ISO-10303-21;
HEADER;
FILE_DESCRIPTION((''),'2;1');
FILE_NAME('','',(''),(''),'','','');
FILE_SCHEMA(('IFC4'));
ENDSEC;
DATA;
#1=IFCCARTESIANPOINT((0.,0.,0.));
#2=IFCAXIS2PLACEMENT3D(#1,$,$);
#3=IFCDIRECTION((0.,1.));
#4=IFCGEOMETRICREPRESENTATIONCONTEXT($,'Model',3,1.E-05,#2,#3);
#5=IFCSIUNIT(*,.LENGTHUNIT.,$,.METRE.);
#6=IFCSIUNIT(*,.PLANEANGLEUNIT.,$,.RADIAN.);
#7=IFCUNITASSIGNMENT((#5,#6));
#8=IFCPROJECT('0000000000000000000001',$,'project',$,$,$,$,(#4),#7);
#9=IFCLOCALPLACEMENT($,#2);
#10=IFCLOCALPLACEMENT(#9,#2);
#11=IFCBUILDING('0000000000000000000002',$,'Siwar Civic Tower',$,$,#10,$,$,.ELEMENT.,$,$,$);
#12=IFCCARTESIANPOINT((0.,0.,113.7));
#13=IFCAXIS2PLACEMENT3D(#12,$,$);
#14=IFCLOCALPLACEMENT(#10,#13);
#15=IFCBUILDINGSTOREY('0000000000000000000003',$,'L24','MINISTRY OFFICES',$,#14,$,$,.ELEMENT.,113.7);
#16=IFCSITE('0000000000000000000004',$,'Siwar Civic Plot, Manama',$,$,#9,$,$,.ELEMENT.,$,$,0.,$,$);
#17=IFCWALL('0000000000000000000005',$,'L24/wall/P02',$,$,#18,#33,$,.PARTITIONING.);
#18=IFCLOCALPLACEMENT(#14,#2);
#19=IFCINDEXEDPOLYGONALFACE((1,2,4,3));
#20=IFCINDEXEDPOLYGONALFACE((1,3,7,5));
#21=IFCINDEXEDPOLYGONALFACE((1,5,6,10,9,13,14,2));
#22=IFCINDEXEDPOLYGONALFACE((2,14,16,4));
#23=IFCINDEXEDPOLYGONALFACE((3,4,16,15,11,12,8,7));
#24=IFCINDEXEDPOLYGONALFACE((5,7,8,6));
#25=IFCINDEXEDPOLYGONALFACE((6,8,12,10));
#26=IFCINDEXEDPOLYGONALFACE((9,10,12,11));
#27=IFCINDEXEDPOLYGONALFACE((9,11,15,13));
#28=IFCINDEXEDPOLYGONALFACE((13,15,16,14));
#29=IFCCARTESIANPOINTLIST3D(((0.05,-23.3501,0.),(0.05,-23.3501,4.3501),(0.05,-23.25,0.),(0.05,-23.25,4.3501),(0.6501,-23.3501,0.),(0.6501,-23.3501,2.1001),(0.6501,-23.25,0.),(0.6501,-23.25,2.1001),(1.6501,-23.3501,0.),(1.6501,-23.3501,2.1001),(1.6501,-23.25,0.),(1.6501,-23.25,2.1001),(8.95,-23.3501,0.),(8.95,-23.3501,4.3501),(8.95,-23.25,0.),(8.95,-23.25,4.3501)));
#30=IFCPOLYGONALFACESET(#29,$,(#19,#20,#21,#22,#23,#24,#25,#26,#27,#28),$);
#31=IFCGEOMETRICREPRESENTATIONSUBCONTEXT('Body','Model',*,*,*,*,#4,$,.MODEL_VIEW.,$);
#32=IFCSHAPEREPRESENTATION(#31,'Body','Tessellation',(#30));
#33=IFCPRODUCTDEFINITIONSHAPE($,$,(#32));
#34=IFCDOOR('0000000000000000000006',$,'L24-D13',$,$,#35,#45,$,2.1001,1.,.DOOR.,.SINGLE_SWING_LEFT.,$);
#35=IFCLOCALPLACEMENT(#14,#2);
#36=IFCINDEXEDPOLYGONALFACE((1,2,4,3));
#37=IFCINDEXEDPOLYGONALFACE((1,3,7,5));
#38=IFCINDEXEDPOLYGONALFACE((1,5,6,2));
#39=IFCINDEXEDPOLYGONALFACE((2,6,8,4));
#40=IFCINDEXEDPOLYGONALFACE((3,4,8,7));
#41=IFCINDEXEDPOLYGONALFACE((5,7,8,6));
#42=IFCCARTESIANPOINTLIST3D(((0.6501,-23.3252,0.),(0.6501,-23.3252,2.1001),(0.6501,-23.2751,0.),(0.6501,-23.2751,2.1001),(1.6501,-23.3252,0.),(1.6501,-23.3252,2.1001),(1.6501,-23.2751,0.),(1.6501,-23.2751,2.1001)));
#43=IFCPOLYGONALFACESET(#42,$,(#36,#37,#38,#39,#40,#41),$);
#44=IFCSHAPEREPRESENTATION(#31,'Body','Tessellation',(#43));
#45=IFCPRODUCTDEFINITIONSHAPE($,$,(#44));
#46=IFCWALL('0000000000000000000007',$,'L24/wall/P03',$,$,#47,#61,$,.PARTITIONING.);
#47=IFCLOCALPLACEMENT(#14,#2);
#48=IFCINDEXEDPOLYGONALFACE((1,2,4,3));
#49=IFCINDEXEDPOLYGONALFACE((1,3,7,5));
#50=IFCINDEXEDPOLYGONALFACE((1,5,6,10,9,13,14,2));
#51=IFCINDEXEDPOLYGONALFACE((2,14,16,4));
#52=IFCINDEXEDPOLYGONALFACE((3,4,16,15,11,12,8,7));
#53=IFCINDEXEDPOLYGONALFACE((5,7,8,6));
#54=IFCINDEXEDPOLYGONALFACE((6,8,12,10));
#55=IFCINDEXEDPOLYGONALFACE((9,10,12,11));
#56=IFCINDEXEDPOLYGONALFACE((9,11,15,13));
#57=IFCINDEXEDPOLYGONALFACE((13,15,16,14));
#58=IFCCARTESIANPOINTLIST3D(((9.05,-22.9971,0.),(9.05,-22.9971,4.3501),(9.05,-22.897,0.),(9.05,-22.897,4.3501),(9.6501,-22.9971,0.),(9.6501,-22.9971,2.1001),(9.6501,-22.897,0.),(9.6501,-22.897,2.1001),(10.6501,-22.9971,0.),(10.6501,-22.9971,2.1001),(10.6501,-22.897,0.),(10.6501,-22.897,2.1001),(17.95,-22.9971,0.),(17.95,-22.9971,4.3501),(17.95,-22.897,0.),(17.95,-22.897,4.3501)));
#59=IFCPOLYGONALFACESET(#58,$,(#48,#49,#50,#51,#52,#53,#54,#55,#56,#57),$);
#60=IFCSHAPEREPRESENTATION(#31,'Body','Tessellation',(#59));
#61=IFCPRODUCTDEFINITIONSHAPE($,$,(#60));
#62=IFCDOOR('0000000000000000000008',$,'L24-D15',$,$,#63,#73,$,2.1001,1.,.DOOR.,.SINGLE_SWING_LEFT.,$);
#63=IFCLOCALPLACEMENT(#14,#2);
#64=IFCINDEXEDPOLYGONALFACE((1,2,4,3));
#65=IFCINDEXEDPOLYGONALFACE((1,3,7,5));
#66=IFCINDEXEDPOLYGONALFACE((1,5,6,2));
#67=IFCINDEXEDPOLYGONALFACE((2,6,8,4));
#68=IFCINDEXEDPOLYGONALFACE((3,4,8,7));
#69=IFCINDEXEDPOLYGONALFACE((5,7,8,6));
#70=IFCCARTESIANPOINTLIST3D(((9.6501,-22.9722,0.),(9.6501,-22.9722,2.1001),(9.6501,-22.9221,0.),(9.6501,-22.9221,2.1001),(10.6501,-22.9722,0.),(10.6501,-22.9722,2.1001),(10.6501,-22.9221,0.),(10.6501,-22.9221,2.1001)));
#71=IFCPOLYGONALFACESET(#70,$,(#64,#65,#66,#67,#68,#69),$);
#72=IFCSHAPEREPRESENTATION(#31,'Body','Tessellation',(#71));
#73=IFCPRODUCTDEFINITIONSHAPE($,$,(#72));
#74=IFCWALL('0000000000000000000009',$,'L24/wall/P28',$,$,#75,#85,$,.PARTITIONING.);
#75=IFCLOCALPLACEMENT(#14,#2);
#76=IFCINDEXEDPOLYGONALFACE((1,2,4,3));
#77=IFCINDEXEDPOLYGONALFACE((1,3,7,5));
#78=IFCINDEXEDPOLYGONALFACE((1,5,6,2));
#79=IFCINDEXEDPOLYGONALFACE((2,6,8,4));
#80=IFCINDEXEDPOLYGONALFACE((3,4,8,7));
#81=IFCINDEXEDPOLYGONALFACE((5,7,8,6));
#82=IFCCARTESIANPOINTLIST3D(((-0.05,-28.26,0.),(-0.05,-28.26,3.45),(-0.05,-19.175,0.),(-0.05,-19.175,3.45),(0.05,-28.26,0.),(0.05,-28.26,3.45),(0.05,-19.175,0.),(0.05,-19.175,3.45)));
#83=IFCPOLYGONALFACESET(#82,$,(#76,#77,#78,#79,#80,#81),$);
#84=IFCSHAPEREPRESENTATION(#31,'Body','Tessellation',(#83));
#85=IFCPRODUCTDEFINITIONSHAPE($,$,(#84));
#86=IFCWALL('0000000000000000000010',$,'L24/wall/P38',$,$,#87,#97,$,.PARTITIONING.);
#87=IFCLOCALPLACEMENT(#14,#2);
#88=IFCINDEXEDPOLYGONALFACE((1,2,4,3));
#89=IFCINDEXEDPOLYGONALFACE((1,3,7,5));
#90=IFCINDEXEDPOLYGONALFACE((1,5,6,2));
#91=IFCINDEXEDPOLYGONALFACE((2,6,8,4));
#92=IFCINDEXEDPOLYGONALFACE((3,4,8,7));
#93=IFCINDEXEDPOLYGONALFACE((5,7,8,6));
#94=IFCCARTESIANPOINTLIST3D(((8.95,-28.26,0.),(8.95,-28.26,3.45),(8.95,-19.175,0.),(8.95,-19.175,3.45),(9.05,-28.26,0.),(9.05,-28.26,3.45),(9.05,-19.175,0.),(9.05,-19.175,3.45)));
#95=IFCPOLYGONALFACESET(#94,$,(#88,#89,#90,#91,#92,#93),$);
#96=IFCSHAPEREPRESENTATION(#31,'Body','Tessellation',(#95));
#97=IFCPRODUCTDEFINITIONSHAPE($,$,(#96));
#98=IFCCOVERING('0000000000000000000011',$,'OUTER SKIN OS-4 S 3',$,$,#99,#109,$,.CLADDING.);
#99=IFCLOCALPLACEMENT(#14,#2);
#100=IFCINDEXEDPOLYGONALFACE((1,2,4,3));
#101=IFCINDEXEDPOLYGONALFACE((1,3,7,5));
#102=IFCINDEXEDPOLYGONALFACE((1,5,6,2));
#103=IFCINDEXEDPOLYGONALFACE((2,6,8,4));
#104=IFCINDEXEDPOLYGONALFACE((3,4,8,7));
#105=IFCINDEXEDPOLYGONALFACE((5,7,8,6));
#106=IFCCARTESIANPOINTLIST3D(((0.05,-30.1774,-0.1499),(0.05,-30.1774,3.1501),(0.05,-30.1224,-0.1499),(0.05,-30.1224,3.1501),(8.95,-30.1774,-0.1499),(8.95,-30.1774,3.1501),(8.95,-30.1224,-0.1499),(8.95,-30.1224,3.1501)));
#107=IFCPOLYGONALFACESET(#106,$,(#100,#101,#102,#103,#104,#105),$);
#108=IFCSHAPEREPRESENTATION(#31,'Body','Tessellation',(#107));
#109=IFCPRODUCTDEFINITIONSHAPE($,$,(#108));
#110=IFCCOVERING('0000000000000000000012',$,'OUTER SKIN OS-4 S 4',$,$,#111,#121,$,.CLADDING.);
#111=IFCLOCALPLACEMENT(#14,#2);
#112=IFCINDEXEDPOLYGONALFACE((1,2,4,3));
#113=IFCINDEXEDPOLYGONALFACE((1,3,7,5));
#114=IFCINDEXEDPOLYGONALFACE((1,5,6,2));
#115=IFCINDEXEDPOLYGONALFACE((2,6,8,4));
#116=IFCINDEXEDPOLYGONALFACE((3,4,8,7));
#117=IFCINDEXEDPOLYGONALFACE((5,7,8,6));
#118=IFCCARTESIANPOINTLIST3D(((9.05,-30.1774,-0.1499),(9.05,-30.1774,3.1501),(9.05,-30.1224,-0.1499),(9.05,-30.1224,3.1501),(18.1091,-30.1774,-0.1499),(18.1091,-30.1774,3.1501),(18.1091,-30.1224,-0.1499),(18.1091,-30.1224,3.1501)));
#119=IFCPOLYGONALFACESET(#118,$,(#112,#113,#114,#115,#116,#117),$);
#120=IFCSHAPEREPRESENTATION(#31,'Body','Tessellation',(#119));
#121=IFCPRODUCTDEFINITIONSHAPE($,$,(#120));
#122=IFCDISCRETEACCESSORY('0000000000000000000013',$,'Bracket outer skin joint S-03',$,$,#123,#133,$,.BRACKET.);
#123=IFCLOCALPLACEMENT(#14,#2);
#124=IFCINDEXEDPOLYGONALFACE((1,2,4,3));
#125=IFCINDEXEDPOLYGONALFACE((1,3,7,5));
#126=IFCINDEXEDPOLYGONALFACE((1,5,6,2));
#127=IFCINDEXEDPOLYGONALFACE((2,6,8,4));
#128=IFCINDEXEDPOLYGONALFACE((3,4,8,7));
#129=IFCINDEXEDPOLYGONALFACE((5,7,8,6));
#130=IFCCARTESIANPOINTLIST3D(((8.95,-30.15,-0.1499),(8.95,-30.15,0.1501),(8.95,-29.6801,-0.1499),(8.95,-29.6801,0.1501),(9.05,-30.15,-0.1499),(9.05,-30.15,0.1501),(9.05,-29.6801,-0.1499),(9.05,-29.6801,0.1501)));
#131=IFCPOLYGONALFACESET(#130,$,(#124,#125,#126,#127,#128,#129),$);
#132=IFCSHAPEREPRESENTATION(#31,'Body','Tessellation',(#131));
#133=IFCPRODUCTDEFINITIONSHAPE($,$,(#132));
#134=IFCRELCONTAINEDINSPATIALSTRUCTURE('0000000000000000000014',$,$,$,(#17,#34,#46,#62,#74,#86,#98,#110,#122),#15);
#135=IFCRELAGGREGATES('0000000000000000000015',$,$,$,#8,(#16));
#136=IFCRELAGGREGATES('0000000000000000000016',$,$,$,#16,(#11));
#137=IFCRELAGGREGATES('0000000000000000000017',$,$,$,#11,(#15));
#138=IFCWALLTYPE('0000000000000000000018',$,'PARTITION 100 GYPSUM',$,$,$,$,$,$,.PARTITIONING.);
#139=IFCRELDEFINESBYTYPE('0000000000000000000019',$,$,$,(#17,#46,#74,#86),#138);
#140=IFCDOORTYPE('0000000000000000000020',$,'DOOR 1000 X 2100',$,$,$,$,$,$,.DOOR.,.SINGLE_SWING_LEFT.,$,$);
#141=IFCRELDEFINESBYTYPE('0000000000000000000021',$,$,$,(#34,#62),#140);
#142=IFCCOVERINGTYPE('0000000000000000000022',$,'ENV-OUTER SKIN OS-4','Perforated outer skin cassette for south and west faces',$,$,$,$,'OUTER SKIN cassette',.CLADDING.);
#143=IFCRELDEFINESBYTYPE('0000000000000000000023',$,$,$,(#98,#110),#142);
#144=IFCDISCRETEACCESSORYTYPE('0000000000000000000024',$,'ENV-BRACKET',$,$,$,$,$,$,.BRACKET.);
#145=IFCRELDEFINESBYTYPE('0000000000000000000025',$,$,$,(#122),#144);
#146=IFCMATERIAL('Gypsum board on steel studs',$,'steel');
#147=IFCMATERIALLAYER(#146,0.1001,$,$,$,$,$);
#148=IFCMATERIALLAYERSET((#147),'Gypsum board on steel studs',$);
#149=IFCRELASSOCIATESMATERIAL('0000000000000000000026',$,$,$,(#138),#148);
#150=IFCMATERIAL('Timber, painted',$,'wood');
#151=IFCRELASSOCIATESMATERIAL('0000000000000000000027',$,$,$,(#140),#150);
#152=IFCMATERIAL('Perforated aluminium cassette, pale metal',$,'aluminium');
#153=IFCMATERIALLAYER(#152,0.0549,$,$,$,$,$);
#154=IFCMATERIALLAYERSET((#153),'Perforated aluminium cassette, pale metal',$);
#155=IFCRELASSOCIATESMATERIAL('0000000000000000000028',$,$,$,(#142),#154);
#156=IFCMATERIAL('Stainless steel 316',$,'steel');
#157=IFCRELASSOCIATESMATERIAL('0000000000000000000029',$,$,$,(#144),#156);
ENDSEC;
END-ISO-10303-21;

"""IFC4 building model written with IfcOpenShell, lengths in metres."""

from ifc_helpers import new_model, si_unit, direction, frame, frame_2d, origin, origin_2d, place, context, subcontext, project, spatial, rectangle, extrude, material, layer, layer_set, type_object, element, fill, save


model = new_model("IFC4")

# Units and contexts
model_context = context("Model", 3, precision=1e-05, world=origin(), true_north=direction((0.0, 1.0)))
body_context = subcontext(model_context, "Body", "Model", "MODEL_VIEW")
ifc_project = project(units=[si_unit("LENGTHUNIT", "METRE"), si_unit("PLANEANGLEUNIT", "RADIAN")], contexts=[model_context])

# Site, building, storey
site_placement = place(None, origin())
site = spatial("IfcSite", under=ifc_project, at=site_placement, Name="Siwar Civic Plot, Manama", CompositionType="ELEMENT", RefElevation=0.0)
building_placement = place(site_placement, origin())
building = spatial("IfcBuilding", under=site, at=building_placement, Name="Siwar Civic Tower", CompositionType="ELEMENT")
storey_placement = place(building_placement, frame((0.0, 0.0, 113.7)))
storey = spatial("IfcBuildingStorey", under=building, at=storey_placement, Name="L24", Description="MINISTRY OFFICES", CompositionType="ELEMENT", Elevation=113.7)

# Walls, openings, doors
ifc_material_1 = material(Name="Gypsum board on steel studs", Category="steel")
ifc_layer_1 = layer(ifc_material_1, 0.1001)
ifc_layer_set_1 = layer_set([ifc_layer_1], Name="Gypsum board on steel studs")
wall_type_1 = type_object("IfcWallType", Name="PARTITION 100 GYPSUM", PredefinedType="PARTITIONING", material=ifc_layer_set_1)
wall_1_placement = place(storey_placement, frame((0.05, -23.3, 0.0), z_axis=(0.0, 0.0, 1.0), x_axis=(1.0, 0.0, 0.0)))
wall_1 = element("IfcWall", 1, at=wall_1_placement, inside=storey, type_object=wall_type_1, Name="L24/wall/P02", PredefinedType="PARTITIONING", context=body_context, shape_type="SweptSolid", body=[
    extrude(rectangle(XDim=8.8999, YDim=0.1001, at=frame_2d((4.45, 0.0))), origin(), (0.0, 0.0, 1.0), 4.3501),
])
opening_1_placement = place(wall_1_placement, frame((0.6001, 0.0, 0.0)))
opening_1 = element("IfcOpeningElement", 2, at=opening_1_placement, cuts=wall_1, PredefinedType="OPENING", context=body_context, shape_type="SweptSolid", body=[
    extrude(rectangle(XDim=1.0, YDim=2.1001, at=frame_2d((0.5, 1.05))), frame((0.0, 0.0601, 0.0), z_axis=(0.0, -1.0, 0.0), x_axis=(1.0, 0.0, 0.0)), (0.0, 0.0, 1.0), 0.1201),
])
ifc_material_2 = material(Name="Timber, painted", Category="wood")
door_type_1 = type_object("IfcDoorType", Name="DOOR 1000 X 2100", OperationType="SINGLE_SWING_LEFT", PredefinedType="DOOR", material=ifc_material_2)
door_1_placement = place(opening_1_placement, origin())
door_1 = element("IfcDoor", 3, at=door_1_placement, inside=storey, type_object=door_type_1, Name="L24-D13", OperationType="SINGLE_SWING_LEFT", OverallHeight=2.1001, OverallWidth=1.0, PredefinedType="DOOR", context=body_context, shape_type="SweptSolid", body=[
    extrude(rectangle(XDim=1.0, YDim=2.1001, at=frame_2d((0.5, 1.05))), frame((0.0, 0.0249, 0.0), z_axis=(0.0, -1.0, 0.0), x_axis=(1.0, 0.0, 0.0)), (0.0, 0.0, 1.0), 0.05),
])
fill(opening_1, door_1)
wall_2_placement = place(storey_placement, frame((9.05, -22.947, 0.0), z_axis=(0.0, 0.0, 1.0), x_axis=(1.0, 0.0, 0.0)))
wall_2 = element("IfcWall", 4, at=wall_2_placement, inside=storey, type_object=wall_type_1, Name="L24/wall/P03", PredefinedType="PARTITIONING", context=body_context, shape_type="SweptSolid", body=[
    extrude(rectangle(XDim=8.8999, YDim=0.1001, at=frame_2d((4.45, 0.0))), origin(), (0.0, 0.0, 1.0), 4.3501),
])
opening_2_placement = place(wall_2_placement, frame((0.6001, 0.0, 0.0)))
opening_2 = element("IfcOpeningElement", 5, at=opening_2_placement, cuts=wall_2, PredefinedType="OPENING", context=body_context, shape_type="SweptSolid", body=[
    extrude(rectangle(XDim=1.0, YDim=2.1001, at=frame_2d((0.5, 1.05))), frame((0.0, 0.0601, 0.0), z_axis=(0.0, -1.0, 0.0), x_axis=(1.0, 0.0, 0.0)), (0.0, 0.0, 1.0), 0.1201),
])
door_2_placement = place(opening_2_placement, origin())
door_2 = element("IfcDoor", 6, at=door_2_placement, inside=storey, type_object=door_type_1, Name="L24-D15", OperationType="SINGLE_SWING_LEFT", OverallHeight=2.1001, OverallWidth=1.0, PredefinedType="DOOR", context=body_context, shape_type="SweptSolid", body=[
    extrude(rectangle(XDim=1.0, YDim=2.1001, at=frame_2d((0.5, 1.05))), frame((0.0, 0.0249, 0.0), z_axis=(0.0, -1.0, 0.0), x_axis=(1.0, 0.0, 0.0)), (0.0, 0.0, 1.0), 0.05),
])
fill(opening_2, door_2)

# Walls
for number, where, z_axis, x_axis, name in (
    (7, (0.0, -28.26, 0.0), (0.0, 0.0, 1.0), (0.0, 1.0, 0.0), "L24/wall/P28"),
    (8, (9.0, -28.26, 0.0), (0.0, 0.0, 1.0), (0.0, 1.0, 0.0), "L24/wall/P38"),
):
    element("IfcWall", number, at=place(storey_placement, frame(where, z_axis=z_axis, x_axis=x_axis)), inside=storey, type_object=wall_type_1, Name=name, PredefinedType="PARTITIONING", context=body_context, shape_type="SweptSolid", body=[
        extrude(rectangle(XDim=9.085, YDim=0.1001, at=frame_2d((4.5425, 0.0))), origin(), (0.0, 0.0, 1.0), 3.45),
    ])

# Coverings
ifc_material_3 = material(Name="Perforated aluminium cassette, pale metal", Category="aluminium")
ifc_layer_2 = layer(ifc_material_3, 0.0549)
ifc_layer_set_2 = layer_set([ifc_layer_2], Name="Perforated aluminium cassette, pale metal")
covering_type = type_object("IfcCoveringType", Name="ENV-OUTER SKIN OS-4", Description="Perforated outer skin cassette for south and west faces", ElementType="OUTER SKIN cassette", PredefinedType="CLADDING", material=ifc_layer_set_2)
covering_1_placement = place(storey_placement, frame((4.5, -30.1499, -0.1499), z_axis=(0.0, 0.0, 1.0), x_axis=(1.0, 0.0, 0.0)))
element("IfcCovering", 9, at=covering_1_placement, inside=storey, type_object=covering_type, Name="OUTER SKIN OS-4 S 3", PredefinedType="CLADDING", context=body_context, shape_type="SweptSolid", body=[
    extrude(rectangle(XDim=8.8999, YDim=0.0549, at=origin_2d()), origin(), (0.0, 0.0, 1.0), 3.3),
])
covering_2_placement = place(storey_placement, frame((13.5796, -30.1499, -0.1499), z_axis=(0.0, 0.0, 1.0), x_axis=(1.0, 0.0, 0.0)))
element("IfcCovering", 10, at=covering_2_placement, inside=storey, type_object=covering_type, Name="OUTER SKIN OS-4 S 4", PredefinedType="CLADDING", context=body_context, shape_type="SweptSolid", body=[
    extrude(rectangle(XDim=9.0591, YDim=0.0549, at=origin_2d()), origin(), (0.0, 0.0, 1.0), 3.3),
])

# Discrete accessory
ifc_material_4 = material(Name="Stainless steel 316", Category="steel")
discrete_accessory_type = type_object("IfcDiscreteAccessoryType", Name="ENV-BRACKET", PredefinedType="BRACKET", material=ifc_material_4)
discrete_accessory_placement = place(storey_placement, frame((9.0, -29.915, -0.1499), z_axis=(0.0, 0.0, 1.0), x_axis=(0.0, -1.0, 0.0)))
element("IfcDiscreteAccessory", 11, at=discrete_accessory_placement, inside=storey, type_object=discrete_accessory_type, Name="Bracket outer skin joint S-03", PredefinedType="BRACKET", context=body_context, shape_type="SweptSolid", body=[
    extrude(rectangle(XDim=0.47, YDim=0.1001, at=origin_2d()), origin(), (0.0, 0.0, 1.0), 0.3),
])

save(model, "model.ifc")
